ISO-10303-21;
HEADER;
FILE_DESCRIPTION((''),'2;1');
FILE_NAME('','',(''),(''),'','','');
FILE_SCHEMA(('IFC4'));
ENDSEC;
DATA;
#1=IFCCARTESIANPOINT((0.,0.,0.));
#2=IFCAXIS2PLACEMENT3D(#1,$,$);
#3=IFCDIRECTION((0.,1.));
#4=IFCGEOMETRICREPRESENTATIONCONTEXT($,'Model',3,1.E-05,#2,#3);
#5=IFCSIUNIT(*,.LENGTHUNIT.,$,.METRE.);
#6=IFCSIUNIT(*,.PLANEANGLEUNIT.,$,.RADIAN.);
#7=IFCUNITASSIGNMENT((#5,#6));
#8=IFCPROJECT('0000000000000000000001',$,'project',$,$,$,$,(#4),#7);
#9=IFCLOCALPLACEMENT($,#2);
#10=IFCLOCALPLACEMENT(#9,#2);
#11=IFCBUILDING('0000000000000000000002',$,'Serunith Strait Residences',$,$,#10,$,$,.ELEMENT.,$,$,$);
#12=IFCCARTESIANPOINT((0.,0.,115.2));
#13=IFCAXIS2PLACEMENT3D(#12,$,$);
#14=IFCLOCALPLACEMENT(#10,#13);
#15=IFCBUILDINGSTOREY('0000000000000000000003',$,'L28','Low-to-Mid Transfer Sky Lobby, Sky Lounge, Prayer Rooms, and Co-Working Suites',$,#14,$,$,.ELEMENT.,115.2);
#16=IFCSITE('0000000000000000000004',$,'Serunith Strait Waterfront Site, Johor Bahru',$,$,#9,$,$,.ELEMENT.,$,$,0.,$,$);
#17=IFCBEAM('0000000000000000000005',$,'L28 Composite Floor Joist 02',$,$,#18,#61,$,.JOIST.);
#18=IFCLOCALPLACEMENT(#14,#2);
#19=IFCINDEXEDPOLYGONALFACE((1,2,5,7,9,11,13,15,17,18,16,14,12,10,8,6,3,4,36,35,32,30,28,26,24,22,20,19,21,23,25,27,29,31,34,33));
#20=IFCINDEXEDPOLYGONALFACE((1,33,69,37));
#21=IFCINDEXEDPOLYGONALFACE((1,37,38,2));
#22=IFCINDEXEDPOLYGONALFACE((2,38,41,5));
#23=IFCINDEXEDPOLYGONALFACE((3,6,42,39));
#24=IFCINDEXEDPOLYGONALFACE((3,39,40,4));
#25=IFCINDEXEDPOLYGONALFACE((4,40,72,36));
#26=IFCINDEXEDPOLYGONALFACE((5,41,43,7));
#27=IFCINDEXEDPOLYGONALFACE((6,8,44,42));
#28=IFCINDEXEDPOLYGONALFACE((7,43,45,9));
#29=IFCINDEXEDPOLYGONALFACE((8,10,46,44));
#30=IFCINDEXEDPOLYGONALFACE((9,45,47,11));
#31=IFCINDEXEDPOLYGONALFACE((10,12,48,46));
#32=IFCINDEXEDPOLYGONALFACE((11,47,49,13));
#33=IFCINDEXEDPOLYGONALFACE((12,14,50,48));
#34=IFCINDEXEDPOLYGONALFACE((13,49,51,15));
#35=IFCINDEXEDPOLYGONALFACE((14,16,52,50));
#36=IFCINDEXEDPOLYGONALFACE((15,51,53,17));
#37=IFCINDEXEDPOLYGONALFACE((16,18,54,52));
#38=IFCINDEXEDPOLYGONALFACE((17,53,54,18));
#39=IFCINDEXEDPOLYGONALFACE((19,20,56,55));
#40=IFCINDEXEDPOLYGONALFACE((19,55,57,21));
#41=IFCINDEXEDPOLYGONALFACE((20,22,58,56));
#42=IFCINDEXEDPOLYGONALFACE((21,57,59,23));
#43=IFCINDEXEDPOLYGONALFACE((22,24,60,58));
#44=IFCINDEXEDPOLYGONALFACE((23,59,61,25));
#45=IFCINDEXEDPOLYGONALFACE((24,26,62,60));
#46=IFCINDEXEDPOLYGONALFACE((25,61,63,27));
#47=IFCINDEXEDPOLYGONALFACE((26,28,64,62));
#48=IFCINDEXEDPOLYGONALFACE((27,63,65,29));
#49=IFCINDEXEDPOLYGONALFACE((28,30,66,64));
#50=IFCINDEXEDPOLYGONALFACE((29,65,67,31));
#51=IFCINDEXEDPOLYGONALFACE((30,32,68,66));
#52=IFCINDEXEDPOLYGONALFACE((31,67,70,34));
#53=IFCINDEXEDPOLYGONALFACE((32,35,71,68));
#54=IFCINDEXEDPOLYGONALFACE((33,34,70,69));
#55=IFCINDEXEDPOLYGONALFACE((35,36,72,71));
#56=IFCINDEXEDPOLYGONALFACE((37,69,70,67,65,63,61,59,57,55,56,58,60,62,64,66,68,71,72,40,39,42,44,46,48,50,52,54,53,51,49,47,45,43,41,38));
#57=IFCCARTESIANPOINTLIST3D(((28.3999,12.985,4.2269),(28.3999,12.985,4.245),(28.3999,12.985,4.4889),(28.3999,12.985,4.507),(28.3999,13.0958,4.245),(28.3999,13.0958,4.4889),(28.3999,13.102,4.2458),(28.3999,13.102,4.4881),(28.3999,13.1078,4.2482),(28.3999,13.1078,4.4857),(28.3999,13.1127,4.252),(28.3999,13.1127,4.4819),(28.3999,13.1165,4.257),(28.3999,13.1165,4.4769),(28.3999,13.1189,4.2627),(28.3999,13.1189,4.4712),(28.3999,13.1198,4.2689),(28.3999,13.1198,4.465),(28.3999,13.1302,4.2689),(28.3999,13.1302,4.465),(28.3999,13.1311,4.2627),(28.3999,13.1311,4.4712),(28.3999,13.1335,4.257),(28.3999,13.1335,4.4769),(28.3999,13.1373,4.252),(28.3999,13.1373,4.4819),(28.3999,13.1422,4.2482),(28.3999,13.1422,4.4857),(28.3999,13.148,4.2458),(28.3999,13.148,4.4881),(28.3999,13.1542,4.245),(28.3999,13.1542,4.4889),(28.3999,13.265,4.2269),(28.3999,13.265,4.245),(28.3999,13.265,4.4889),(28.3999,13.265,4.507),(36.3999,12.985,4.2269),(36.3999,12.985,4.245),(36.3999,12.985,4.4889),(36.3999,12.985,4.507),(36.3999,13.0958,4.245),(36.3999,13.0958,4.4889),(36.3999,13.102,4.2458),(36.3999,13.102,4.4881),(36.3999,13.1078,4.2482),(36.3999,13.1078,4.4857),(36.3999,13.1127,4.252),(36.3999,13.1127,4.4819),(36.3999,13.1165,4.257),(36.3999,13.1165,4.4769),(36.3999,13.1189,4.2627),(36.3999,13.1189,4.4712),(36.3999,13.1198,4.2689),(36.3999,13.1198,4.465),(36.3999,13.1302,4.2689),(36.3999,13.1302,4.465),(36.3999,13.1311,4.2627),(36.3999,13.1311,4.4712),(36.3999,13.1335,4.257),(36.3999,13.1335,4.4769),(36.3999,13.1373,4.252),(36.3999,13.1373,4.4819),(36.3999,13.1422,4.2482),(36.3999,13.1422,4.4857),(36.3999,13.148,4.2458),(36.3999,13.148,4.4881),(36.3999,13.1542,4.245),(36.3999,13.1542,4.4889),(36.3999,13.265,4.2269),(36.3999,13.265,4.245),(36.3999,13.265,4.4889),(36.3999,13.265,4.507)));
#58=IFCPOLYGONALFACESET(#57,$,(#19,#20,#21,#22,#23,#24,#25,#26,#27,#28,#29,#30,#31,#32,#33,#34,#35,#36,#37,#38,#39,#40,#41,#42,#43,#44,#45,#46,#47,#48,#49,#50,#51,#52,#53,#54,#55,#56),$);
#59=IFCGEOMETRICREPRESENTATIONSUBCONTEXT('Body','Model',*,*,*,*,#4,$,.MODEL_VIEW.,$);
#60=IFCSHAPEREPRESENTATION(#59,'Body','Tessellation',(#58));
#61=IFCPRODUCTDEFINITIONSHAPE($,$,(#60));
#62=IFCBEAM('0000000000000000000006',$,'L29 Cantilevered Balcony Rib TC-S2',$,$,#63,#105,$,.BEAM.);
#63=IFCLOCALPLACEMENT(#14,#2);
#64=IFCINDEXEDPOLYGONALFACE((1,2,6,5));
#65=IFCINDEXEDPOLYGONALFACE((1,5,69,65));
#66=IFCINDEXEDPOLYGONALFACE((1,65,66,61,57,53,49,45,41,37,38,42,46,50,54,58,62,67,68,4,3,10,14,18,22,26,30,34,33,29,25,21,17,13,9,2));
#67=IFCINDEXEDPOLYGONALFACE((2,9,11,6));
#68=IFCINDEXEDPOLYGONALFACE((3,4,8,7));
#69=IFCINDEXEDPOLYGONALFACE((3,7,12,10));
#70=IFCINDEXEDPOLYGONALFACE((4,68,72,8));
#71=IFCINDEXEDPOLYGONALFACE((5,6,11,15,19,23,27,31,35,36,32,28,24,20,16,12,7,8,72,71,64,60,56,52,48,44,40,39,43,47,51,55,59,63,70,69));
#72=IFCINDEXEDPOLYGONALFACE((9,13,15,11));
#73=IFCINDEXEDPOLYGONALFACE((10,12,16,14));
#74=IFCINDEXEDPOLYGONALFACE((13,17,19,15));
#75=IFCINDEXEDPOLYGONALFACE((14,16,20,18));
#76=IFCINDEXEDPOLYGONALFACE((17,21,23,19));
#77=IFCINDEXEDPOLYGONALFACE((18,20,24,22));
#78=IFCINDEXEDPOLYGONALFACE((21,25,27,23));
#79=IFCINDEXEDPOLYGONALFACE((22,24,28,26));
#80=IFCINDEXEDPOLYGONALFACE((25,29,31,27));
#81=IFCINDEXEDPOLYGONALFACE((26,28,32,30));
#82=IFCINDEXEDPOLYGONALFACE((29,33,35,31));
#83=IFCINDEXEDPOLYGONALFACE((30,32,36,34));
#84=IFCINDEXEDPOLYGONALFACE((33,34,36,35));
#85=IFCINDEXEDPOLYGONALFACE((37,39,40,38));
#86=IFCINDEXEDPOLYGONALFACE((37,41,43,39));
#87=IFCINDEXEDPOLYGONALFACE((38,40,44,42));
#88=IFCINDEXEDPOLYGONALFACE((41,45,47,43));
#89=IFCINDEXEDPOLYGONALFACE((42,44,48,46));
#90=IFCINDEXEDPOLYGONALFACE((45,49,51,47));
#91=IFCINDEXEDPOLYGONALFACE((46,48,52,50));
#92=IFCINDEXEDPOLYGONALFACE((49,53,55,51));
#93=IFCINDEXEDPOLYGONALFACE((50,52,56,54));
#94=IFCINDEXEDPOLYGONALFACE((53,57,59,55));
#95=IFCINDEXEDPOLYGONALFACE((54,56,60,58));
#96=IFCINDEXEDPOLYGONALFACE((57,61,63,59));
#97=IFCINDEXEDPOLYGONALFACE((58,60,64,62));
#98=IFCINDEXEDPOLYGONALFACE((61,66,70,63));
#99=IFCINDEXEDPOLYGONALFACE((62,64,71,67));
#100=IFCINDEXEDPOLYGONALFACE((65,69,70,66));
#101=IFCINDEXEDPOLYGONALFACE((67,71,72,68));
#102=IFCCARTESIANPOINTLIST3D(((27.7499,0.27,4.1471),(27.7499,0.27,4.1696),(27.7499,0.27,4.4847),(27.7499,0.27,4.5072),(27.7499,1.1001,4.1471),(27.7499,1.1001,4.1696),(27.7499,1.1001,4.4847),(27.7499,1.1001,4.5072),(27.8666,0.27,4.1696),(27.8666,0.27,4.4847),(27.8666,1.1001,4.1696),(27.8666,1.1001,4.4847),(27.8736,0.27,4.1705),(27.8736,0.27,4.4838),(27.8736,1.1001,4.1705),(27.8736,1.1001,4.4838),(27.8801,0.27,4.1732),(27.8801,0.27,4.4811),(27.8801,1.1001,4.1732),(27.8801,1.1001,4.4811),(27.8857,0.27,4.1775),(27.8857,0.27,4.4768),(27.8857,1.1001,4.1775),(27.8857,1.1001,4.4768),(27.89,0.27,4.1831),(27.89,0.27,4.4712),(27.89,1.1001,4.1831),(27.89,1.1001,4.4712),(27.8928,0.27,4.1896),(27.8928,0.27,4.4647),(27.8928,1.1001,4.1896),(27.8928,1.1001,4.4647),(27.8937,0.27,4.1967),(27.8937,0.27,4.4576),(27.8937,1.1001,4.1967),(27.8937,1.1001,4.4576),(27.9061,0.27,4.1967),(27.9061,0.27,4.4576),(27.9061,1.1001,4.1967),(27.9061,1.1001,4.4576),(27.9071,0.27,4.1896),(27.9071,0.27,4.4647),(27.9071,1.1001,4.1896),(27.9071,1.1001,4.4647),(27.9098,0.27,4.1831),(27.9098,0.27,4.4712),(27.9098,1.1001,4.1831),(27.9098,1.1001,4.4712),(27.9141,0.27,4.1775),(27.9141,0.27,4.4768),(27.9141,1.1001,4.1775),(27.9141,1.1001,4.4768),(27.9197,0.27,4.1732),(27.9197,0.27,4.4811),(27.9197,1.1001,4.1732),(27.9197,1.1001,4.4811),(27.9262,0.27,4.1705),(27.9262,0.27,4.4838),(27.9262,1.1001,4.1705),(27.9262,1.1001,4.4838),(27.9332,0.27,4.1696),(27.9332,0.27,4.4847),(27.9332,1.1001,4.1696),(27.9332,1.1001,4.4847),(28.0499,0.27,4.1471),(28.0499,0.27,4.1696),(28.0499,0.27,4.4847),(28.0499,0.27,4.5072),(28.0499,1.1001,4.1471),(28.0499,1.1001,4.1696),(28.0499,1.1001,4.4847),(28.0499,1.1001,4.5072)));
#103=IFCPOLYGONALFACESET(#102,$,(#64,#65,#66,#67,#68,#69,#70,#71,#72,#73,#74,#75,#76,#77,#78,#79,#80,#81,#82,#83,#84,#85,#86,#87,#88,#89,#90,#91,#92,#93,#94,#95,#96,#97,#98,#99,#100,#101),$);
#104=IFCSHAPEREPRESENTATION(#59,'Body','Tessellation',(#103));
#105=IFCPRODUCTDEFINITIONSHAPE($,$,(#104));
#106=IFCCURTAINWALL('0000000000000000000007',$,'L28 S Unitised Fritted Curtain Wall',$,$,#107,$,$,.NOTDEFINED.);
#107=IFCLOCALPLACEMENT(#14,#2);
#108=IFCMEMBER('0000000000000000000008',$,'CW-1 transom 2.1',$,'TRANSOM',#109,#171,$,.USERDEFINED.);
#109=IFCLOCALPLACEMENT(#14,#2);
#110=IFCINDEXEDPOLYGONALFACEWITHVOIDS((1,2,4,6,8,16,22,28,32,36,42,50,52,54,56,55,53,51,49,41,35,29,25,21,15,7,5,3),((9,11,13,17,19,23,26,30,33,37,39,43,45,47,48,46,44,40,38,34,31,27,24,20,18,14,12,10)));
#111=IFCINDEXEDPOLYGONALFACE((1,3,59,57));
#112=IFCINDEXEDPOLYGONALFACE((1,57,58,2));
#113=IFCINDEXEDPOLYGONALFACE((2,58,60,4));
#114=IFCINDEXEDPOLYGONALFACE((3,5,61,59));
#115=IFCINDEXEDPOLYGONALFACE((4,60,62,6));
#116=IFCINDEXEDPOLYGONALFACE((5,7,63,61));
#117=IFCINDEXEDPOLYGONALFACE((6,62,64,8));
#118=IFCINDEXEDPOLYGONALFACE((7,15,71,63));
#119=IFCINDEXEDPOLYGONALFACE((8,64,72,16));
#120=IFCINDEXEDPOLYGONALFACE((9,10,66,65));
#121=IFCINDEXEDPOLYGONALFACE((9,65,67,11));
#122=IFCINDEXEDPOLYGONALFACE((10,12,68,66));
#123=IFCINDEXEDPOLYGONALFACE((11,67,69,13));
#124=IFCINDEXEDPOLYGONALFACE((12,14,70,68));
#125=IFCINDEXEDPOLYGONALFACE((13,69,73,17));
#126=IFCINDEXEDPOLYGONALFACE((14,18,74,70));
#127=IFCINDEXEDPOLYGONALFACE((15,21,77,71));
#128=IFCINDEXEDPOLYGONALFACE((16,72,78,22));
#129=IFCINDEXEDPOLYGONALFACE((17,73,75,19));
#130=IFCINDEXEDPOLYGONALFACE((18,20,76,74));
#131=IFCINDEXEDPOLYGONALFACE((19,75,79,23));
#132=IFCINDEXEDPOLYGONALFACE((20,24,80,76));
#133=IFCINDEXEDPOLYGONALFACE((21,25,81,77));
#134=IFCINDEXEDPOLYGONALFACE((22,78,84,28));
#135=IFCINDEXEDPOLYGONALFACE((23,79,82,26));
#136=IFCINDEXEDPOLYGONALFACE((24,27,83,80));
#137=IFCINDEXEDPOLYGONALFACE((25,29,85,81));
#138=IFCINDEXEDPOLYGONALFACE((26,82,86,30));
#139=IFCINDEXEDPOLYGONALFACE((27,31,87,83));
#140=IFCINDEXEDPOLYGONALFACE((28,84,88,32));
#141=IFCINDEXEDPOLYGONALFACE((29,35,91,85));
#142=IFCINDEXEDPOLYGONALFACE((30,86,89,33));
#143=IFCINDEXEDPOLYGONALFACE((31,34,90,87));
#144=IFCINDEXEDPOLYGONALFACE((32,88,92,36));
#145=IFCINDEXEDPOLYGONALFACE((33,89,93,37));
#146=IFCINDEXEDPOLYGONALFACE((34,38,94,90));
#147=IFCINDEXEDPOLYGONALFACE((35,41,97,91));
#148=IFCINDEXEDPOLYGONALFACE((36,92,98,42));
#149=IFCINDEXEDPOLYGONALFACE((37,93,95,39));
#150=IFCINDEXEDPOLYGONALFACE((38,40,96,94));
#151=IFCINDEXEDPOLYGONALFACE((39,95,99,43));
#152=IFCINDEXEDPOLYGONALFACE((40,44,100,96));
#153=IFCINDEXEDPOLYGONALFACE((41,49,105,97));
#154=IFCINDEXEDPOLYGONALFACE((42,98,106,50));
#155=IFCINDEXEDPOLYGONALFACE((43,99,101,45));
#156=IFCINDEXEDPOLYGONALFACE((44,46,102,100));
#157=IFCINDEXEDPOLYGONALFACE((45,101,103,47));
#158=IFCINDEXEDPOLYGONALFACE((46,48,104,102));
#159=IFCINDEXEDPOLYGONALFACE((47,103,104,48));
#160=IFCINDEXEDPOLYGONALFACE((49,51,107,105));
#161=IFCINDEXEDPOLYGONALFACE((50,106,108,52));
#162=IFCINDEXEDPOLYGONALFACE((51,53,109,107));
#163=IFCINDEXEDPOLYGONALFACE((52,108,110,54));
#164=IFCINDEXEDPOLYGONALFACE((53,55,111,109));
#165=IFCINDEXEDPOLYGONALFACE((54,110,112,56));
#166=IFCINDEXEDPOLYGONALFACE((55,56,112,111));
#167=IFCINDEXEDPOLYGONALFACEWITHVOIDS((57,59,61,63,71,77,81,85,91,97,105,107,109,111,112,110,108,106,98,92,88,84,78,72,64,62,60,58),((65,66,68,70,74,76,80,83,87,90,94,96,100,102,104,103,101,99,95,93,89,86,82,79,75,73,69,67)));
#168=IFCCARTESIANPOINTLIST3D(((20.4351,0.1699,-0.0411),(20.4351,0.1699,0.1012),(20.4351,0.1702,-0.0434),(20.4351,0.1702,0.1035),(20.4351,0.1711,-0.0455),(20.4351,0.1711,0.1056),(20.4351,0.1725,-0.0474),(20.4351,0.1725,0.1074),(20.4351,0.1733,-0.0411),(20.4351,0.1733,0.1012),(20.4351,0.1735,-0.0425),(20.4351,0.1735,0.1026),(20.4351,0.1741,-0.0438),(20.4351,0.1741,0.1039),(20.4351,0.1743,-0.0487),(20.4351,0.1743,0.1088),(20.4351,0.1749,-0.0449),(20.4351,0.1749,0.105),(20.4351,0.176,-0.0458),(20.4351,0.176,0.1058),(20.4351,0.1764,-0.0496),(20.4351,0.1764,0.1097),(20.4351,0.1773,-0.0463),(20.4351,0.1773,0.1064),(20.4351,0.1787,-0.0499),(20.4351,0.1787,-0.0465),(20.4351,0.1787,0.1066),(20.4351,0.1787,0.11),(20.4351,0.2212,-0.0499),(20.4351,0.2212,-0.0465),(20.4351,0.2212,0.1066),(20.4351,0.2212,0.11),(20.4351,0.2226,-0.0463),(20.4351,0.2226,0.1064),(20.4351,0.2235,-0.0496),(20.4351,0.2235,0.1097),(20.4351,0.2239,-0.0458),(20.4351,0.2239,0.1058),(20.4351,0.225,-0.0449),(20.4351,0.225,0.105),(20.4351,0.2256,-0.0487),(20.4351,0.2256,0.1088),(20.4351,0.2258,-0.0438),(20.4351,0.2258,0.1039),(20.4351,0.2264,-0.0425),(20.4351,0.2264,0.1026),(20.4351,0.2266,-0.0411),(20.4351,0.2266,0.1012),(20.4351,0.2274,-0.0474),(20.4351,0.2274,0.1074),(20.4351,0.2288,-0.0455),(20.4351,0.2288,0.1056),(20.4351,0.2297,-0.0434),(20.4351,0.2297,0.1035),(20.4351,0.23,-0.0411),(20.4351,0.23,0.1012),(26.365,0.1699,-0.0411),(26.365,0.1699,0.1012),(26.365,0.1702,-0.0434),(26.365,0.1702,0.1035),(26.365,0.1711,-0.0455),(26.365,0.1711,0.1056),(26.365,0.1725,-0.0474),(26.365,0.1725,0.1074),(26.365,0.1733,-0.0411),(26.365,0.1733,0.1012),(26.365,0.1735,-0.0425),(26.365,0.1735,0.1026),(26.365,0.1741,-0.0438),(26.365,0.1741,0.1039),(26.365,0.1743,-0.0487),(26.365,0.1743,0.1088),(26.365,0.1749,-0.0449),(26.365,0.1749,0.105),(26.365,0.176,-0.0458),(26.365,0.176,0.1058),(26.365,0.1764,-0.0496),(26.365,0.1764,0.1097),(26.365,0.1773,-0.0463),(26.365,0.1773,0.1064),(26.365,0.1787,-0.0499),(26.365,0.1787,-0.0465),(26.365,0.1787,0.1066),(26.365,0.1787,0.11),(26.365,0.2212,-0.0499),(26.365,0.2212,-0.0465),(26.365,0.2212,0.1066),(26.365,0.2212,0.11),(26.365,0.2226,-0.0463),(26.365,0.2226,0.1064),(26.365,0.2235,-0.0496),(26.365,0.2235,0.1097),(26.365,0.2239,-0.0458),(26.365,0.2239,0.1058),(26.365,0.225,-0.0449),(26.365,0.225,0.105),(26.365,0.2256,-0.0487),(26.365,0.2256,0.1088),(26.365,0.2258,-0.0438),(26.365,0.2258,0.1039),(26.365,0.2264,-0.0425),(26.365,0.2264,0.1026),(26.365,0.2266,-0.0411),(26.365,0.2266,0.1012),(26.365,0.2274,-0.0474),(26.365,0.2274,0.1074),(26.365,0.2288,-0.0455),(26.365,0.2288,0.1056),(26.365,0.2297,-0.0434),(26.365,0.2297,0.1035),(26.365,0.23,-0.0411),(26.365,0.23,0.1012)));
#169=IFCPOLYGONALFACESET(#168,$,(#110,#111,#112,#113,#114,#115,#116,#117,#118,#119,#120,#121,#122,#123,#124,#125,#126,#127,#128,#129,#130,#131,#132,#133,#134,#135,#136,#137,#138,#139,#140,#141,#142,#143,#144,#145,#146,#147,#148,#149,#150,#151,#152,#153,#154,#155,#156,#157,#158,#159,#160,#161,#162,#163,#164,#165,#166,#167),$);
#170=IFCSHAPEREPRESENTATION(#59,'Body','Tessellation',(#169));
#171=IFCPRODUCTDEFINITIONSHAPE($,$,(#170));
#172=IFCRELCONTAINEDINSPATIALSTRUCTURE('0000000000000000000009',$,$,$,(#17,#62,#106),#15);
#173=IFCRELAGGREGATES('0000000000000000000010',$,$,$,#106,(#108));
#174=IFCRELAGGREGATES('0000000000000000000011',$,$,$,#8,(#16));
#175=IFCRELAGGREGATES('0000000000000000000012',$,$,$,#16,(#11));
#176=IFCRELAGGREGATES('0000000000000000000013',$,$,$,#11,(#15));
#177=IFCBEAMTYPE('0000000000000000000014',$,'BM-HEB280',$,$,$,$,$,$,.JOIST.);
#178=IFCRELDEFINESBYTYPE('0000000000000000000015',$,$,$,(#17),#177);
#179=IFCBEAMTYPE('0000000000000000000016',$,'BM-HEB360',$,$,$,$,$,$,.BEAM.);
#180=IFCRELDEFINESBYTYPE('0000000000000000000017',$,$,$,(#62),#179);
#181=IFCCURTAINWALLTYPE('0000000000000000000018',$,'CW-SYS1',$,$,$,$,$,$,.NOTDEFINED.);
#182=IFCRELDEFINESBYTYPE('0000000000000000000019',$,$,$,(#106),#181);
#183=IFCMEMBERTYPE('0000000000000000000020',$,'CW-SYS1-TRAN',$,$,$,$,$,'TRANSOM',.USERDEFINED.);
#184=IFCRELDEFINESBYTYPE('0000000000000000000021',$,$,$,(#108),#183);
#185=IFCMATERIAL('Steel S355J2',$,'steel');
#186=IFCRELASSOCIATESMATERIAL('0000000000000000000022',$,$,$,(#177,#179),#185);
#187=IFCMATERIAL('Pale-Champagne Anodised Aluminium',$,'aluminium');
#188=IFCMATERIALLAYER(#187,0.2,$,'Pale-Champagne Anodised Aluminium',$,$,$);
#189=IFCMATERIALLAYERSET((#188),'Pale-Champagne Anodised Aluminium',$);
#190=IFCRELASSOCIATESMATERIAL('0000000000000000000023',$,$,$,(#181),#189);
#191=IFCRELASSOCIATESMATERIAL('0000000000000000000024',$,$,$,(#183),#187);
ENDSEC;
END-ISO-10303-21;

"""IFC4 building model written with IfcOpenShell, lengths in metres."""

from ifc_helpers import new_model, si_unit, direction, frame, origin, origin_2d, place, context, subcontext, project, spatial, hollow_rectangle, i_section, extrude, source, transform, mapped, material, layer, layer_set, material_profile, profile_set, type_object, element, aggregate, save


model = new_model("IFC4")

# Units and contexts
model_context = context("Model", 3, precision=1e-05, world=origin(), true_north=direction((0.0, 1.0)))
body_context = subcontext(model_context, "Body", "Model", "MODEL_VIEW")
ifc_project = project(units=[si_unit("LENGTHUNIT", "METRE"), si_unit("PLANEANGLEUNIT", "RADIAN")], contexts=[model_context])

# Site, building, storey
site_placement = place(None, origin())
site = spatial("IfcSite", under=ifc_project, at=site_placement, Name="Serunith Strait Waterfront Site, Johor Bahru", CompositionType="ELEMENT", RefElevation=0.0)
building_placement = place(site_placement, origin())
building = spatial("IfcBuilding", under=site, at=building_placement, Name="Serunith Strait Residences", CompositionType="ELEMENT")
storey_placement = place(building_placement, frame((0.0, 0.0, 115.2)))
storey = spatial("IfcBuildingStorey", under=building, at=storey_placement, Name="L28", Description="Low-to-Mid Transfer Sky Lobby, Sky Lounge, Prayer Rooms, and Co-Working Suites", CompositionType="ELEMENT", Elevation=115.2)

# Beams
ifc_material_1 = material(Name="Steel S355J2", Category="steel")
ifc_material_profile_1 = material_profile(ifc_material_1, i_section(OverallWidth=0.28, OverallDepth=0.28, WebThickness=0.0105, FlangeThickness=0.0181, FilletRadius=0.0239, at=origin_2d()), Name="HEB 280")
ifc_profile_set_1 = profile_set([ifc_material_profile_1], Name="Steel S355J2")
beam_type_1 = type_object("IfcBeamType", Name="BM-HEB280", PredefinedType="JOIST", material=ifc_profile_set_1)
shared_shape_1 = source(origin(), body_context, "Body", "SweptSolid", [
    extrude(i_section(OverallWidth=0.28, OverallDepth=0.28, WebThickness=0.0105, FlangeThickness=0.0181, FilletRadius=0.0239, at=origin_2d()), origin(), (0.0, 0.0, 1.0), 8.0),
])
beam_1_placement = place(storey_placement, frame((28.3999, 13.125, 4.3669), z_axis=(1.0, 0.0, 0.0), x_axis=(0.0, 1.0, 0.0)))
element("IfcBeam", 1, at=beam_1_placement, inside=storey, type_object=beam_type_1, Name="L28 Composite Floor Joist 02", PredefinedType="JOIST", context=body_context, shape_type="MappedRepresentation", body=[
    mapped(shared_shape_1, transform((0.0, 0.0, 0.0), scale=1.0)),
])
ifc_material_profile_2 = material_profile(ifc_material_1, i_section(OverallWidth=0.3, OverallDepth=0.3601, WebThickness=0.0125, FlangeThickness=0.0225, FilletRadius=0.0271, at=origin_2d()), Name="HEB 360")
ifc_profile_set_2 = profile_set([ifc_material_profile_2], Name="Steel S355J2")
beam_type_2 = type_object("IfcBeamType", Name="BM-HEB360", PredefinedType="BEAM", material=ifc_profile_set_2)
shared_shape_2 = source(origin(), body_context, "Body", "SweptSolid", [
    extrude(i_section(OverallWidth=0.3, OverallDepth=0.3601, WebThickness=0.0125, FlangeThickness=0.0225, FilletRadius=0.0271, at=origin_2d()), origin(), (0.0, 0.0, 1.0), 0.8301),
])
beam_2_placement = place(storey_placement, frame((27.8999, 1.1001, 4.3271), z_axis=(0.0, -1.0, 0.0), x_axis=(1.0, 0.0, 0.0)))
element("IfcBeam", 2, at=beam_2_placement, inside=storey, type_object=beam_type_2, Name="L29 Cantilevered Balcony Rib TC-S2", PredefinedType="BEAM", context=body_context, shape_type="MappedRepresentation", body=[
    mapped(shared_shape_2, transform((0.0, 0.0, 0.0), scale=1.0)),
])

# Curtain wall, member
ifc_material_2 = material(Name="Pale-Champagne Anodised Aluminium", Category="aluminium")
ifc_layer_1 = layer(ifc_material_2, 0.2, Name="Pale-Champagne Anodised Aluminium")
ifc_layer_set_1 = layer_set([ifc_layer_1], Name="Pale-Champagne Anodised Aluminium")
curtain_wall_type = type_object("IfcCurtainWallType", Name="CW-SYS1", PredefinedType="NOTDEFINED", material=ifc_layer_set_1)
curtain_wall_placement = place(storey_placement, origin())
curtain_wall = element("IfcCurtainWall", 3, at=curtain_wall_placement, inside=storey, type_object=curtain_wall_type, Name="L28 S Unitised Fritted Curtain Wall", PredefinedType="NOTDEFINED")
ifc_material_profile_3 = material_profile(ifc_material_2, hollow_rectangle(XDim=0.0601, YDim=0.1599, WallThickness=0.0034, InnerFilletRadius=0.0054, OuterFilletRadius=0.0088, at=origin_2d()), Name="ALU 160x60x3.5")
ifc_profile_set_3 = profile_set([ifc_material_profile_3], Name="Pale-Champagne Anodised Aluminium")
member_type_1 = type_object("IfcMemberType", Name="CW-SYS1-TRAN", ElementType="TRANSOM", PredefinedType="USERDEFINED", material=ifc_profile_set_3)
shared_shape_3 = source(origin(), body_context, "Body", "SweptSolid", [
    extrude(hollow_rectangle(XDim=0.0601, YDim=0.1599, WallThickness=0.0034, InnerFilletRadius=0.0054, OuterFilletRadius=0.0088, at=origin_2d()), origin(), (0.0, 0.0, 1.0), 5.9299),
])
member_1_placement = place(storey_placement, frame((20.4351, 0.2, 0.03), z_axis=(1.0, 0.0, 0.0), x_axis=(0.0, 1.0, 0.0)))
member_1 = element("IfcMember", 4, at=member_1_placement, type_object=member_type_1, Name="CW-1 transom 2.1", ObjectType="TRANSOM", PredefinedType="USERDEFINED", context=body_context, shape_type="MappedRepresentation", body=[
    mapped(shared_shape_3, transform((0.0, 0.0, 0.0), scale=1.0)),
])
aggregate(curtain_wall, [member_1])

save(model, "model.ifc")
